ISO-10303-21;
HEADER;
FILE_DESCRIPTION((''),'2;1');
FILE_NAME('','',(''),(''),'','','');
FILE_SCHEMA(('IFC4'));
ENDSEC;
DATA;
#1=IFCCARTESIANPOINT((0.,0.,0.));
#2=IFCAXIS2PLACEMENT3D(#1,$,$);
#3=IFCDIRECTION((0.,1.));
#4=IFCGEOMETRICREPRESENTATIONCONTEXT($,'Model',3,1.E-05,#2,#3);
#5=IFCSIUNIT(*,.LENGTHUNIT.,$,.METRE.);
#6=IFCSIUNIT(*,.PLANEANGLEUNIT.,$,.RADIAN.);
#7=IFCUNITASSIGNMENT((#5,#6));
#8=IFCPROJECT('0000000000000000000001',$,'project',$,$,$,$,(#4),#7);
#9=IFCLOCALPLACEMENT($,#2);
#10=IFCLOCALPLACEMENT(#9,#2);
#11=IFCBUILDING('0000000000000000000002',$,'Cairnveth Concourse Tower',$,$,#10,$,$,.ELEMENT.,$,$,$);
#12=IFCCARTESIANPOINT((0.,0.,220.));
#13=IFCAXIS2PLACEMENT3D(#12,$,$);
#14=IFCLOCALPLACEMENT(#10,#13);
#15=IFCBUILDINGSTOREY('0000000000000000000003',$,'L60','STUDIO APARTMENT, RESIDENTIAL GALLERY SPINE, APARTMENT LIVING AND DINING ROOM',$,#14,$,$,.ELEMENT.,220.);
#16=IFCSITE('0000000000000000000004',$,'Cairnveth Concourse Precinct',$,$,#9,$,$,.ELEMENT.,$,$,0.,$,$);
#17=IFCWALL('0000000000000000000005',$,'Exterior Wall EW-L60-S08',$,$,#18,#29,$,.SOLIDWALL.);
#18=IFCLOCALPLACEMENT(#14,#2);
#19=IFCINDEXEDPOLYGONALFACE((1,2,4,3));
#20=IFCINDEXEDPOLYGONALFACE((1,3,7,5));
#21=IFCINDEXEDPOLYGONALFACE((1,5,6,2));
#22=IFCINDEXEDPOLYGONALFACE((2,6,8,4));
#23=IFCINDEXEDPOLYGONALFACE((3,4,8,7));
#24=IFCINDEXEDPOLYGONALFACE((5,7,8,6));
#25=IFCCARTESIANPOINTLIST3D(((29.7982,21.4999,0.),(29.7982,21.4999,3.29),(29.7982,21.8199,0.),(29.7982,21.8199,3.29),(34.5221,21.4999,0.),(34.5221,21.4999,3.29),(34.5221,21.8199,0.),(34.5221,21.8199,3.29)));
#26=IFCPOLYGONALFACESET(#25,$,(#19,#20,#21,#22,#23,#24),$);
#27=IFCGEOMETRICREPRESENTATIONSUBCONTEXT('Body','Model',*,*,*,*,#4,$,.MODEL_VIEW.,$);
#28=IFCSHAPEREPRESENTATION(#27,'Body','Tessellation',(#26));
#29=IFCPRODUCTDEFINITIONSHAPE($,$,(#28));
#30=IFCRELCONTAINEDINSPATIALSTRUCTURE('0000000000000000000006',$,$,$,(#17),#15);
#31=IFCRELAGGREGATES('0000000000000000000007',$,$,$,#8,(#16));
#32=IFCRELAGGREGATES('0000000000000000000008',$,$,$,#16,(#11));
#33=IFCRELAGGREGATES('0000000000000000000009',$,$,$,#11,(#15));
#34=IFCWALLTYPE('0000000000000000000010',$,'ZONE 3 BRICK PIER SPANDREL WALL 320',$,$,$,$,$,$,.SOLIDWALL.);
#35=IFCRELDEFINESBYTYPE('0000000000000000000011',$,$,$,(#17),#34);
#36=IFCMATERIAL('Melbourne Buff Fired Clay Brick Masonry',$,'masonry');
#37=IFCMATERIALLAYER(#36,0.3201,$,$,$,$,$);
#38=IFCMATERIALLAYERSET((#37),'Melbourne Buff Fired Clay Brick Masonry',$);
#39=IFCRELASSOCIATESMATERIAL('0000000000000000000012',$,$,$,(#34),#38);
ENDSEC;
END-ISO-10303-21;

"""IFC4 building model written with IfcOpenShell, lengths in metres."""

from ifc_helpers import new_model, si_unit, direction, frame, frame_2d, origin, place, context, subcontext, project, spatial, rectangle, extrude, material, layer, layer_set, type_object, element, save


model = new_model("IFC4")

# Units and contexts
model_context = context("Model", 3, precision=1e-05, world=origin(), true_north=direction((0.0, 1.0)))
body_context = subcontext(model_context, "Body", "Model", "MODEL_VIEW")
ifc_project = project(units=[si_unit("LENGTHUNIT", "METRE"), si_unit("PLANEANGLEUNIT", "RADIAN")], contexts=[model_context])

# Site, building, storey
site_placement = place(None, origin())
site = spatial("IfcSite", under=ifc_project, at=site_placement, Name="Cairnveth Concourse Precinct", CompositionType="ELEMENT", RefElevation=0.0)
building_placement = place(site_placement, origin())
building = spatial("IfcBuilding", under=site, at=building_placement, Name="Cairnveth Concourse Tower", CompositionType="ELEMENT")
storey_placement = place(building_placement, frame((0.0, 0.0, 220.0)))
storey = spatial("IfcBuildingStorey", under=building, at=storey_placement, Name="L60", Description="STUDIO APARTMENT, RESIDENTIAL GALLERY SPINE, APARTMENT LIVING AND DINING ROOM", CompositionType="ELEMENT", Elevation=220.0)

# Wall
ifc_material_1 = material(Name="Melbourne Buff Fired Clay Brick Masonry", Category="masonry")
ifc_layer_1 = layer(ifc_material_1, 0.3201)
ifc_layer_set_1 = layer_set([ifc_layer_1], Name="Melbourne Buff Fired Clay Brick Masonry")
wall_type_1 = type_object("IfcWallType", Name="ZONE 3 BRICK PIER SPANDREL WALL 320", PredefinedType="SOLIDWALL", material=ifc_layer_set_1)
wall_1_placement = place(storey_placement, frame((34.522, 21.6599, 0.0), z_axis=(0.0, 0.0, 1.0), x_axis=(-1.0, 0.0, 0.0)))
element("IfcWall", 1, at=wall_1_placement, inside=storey, type_object=wall_type_1, Name="Exterior Wall EW-L60-S08", PredefinedType="SOLIDWALL", context=body_context, shape_type="SweptSolid", body=[
    extrude(rectangle(XDim=4.7239, YDim=0.3201, at=frame_2d((2.3618, 0.0))), origin(), (0.0, 0.0, 1.0), 3.29),
])

save(model, "model.ifc")
